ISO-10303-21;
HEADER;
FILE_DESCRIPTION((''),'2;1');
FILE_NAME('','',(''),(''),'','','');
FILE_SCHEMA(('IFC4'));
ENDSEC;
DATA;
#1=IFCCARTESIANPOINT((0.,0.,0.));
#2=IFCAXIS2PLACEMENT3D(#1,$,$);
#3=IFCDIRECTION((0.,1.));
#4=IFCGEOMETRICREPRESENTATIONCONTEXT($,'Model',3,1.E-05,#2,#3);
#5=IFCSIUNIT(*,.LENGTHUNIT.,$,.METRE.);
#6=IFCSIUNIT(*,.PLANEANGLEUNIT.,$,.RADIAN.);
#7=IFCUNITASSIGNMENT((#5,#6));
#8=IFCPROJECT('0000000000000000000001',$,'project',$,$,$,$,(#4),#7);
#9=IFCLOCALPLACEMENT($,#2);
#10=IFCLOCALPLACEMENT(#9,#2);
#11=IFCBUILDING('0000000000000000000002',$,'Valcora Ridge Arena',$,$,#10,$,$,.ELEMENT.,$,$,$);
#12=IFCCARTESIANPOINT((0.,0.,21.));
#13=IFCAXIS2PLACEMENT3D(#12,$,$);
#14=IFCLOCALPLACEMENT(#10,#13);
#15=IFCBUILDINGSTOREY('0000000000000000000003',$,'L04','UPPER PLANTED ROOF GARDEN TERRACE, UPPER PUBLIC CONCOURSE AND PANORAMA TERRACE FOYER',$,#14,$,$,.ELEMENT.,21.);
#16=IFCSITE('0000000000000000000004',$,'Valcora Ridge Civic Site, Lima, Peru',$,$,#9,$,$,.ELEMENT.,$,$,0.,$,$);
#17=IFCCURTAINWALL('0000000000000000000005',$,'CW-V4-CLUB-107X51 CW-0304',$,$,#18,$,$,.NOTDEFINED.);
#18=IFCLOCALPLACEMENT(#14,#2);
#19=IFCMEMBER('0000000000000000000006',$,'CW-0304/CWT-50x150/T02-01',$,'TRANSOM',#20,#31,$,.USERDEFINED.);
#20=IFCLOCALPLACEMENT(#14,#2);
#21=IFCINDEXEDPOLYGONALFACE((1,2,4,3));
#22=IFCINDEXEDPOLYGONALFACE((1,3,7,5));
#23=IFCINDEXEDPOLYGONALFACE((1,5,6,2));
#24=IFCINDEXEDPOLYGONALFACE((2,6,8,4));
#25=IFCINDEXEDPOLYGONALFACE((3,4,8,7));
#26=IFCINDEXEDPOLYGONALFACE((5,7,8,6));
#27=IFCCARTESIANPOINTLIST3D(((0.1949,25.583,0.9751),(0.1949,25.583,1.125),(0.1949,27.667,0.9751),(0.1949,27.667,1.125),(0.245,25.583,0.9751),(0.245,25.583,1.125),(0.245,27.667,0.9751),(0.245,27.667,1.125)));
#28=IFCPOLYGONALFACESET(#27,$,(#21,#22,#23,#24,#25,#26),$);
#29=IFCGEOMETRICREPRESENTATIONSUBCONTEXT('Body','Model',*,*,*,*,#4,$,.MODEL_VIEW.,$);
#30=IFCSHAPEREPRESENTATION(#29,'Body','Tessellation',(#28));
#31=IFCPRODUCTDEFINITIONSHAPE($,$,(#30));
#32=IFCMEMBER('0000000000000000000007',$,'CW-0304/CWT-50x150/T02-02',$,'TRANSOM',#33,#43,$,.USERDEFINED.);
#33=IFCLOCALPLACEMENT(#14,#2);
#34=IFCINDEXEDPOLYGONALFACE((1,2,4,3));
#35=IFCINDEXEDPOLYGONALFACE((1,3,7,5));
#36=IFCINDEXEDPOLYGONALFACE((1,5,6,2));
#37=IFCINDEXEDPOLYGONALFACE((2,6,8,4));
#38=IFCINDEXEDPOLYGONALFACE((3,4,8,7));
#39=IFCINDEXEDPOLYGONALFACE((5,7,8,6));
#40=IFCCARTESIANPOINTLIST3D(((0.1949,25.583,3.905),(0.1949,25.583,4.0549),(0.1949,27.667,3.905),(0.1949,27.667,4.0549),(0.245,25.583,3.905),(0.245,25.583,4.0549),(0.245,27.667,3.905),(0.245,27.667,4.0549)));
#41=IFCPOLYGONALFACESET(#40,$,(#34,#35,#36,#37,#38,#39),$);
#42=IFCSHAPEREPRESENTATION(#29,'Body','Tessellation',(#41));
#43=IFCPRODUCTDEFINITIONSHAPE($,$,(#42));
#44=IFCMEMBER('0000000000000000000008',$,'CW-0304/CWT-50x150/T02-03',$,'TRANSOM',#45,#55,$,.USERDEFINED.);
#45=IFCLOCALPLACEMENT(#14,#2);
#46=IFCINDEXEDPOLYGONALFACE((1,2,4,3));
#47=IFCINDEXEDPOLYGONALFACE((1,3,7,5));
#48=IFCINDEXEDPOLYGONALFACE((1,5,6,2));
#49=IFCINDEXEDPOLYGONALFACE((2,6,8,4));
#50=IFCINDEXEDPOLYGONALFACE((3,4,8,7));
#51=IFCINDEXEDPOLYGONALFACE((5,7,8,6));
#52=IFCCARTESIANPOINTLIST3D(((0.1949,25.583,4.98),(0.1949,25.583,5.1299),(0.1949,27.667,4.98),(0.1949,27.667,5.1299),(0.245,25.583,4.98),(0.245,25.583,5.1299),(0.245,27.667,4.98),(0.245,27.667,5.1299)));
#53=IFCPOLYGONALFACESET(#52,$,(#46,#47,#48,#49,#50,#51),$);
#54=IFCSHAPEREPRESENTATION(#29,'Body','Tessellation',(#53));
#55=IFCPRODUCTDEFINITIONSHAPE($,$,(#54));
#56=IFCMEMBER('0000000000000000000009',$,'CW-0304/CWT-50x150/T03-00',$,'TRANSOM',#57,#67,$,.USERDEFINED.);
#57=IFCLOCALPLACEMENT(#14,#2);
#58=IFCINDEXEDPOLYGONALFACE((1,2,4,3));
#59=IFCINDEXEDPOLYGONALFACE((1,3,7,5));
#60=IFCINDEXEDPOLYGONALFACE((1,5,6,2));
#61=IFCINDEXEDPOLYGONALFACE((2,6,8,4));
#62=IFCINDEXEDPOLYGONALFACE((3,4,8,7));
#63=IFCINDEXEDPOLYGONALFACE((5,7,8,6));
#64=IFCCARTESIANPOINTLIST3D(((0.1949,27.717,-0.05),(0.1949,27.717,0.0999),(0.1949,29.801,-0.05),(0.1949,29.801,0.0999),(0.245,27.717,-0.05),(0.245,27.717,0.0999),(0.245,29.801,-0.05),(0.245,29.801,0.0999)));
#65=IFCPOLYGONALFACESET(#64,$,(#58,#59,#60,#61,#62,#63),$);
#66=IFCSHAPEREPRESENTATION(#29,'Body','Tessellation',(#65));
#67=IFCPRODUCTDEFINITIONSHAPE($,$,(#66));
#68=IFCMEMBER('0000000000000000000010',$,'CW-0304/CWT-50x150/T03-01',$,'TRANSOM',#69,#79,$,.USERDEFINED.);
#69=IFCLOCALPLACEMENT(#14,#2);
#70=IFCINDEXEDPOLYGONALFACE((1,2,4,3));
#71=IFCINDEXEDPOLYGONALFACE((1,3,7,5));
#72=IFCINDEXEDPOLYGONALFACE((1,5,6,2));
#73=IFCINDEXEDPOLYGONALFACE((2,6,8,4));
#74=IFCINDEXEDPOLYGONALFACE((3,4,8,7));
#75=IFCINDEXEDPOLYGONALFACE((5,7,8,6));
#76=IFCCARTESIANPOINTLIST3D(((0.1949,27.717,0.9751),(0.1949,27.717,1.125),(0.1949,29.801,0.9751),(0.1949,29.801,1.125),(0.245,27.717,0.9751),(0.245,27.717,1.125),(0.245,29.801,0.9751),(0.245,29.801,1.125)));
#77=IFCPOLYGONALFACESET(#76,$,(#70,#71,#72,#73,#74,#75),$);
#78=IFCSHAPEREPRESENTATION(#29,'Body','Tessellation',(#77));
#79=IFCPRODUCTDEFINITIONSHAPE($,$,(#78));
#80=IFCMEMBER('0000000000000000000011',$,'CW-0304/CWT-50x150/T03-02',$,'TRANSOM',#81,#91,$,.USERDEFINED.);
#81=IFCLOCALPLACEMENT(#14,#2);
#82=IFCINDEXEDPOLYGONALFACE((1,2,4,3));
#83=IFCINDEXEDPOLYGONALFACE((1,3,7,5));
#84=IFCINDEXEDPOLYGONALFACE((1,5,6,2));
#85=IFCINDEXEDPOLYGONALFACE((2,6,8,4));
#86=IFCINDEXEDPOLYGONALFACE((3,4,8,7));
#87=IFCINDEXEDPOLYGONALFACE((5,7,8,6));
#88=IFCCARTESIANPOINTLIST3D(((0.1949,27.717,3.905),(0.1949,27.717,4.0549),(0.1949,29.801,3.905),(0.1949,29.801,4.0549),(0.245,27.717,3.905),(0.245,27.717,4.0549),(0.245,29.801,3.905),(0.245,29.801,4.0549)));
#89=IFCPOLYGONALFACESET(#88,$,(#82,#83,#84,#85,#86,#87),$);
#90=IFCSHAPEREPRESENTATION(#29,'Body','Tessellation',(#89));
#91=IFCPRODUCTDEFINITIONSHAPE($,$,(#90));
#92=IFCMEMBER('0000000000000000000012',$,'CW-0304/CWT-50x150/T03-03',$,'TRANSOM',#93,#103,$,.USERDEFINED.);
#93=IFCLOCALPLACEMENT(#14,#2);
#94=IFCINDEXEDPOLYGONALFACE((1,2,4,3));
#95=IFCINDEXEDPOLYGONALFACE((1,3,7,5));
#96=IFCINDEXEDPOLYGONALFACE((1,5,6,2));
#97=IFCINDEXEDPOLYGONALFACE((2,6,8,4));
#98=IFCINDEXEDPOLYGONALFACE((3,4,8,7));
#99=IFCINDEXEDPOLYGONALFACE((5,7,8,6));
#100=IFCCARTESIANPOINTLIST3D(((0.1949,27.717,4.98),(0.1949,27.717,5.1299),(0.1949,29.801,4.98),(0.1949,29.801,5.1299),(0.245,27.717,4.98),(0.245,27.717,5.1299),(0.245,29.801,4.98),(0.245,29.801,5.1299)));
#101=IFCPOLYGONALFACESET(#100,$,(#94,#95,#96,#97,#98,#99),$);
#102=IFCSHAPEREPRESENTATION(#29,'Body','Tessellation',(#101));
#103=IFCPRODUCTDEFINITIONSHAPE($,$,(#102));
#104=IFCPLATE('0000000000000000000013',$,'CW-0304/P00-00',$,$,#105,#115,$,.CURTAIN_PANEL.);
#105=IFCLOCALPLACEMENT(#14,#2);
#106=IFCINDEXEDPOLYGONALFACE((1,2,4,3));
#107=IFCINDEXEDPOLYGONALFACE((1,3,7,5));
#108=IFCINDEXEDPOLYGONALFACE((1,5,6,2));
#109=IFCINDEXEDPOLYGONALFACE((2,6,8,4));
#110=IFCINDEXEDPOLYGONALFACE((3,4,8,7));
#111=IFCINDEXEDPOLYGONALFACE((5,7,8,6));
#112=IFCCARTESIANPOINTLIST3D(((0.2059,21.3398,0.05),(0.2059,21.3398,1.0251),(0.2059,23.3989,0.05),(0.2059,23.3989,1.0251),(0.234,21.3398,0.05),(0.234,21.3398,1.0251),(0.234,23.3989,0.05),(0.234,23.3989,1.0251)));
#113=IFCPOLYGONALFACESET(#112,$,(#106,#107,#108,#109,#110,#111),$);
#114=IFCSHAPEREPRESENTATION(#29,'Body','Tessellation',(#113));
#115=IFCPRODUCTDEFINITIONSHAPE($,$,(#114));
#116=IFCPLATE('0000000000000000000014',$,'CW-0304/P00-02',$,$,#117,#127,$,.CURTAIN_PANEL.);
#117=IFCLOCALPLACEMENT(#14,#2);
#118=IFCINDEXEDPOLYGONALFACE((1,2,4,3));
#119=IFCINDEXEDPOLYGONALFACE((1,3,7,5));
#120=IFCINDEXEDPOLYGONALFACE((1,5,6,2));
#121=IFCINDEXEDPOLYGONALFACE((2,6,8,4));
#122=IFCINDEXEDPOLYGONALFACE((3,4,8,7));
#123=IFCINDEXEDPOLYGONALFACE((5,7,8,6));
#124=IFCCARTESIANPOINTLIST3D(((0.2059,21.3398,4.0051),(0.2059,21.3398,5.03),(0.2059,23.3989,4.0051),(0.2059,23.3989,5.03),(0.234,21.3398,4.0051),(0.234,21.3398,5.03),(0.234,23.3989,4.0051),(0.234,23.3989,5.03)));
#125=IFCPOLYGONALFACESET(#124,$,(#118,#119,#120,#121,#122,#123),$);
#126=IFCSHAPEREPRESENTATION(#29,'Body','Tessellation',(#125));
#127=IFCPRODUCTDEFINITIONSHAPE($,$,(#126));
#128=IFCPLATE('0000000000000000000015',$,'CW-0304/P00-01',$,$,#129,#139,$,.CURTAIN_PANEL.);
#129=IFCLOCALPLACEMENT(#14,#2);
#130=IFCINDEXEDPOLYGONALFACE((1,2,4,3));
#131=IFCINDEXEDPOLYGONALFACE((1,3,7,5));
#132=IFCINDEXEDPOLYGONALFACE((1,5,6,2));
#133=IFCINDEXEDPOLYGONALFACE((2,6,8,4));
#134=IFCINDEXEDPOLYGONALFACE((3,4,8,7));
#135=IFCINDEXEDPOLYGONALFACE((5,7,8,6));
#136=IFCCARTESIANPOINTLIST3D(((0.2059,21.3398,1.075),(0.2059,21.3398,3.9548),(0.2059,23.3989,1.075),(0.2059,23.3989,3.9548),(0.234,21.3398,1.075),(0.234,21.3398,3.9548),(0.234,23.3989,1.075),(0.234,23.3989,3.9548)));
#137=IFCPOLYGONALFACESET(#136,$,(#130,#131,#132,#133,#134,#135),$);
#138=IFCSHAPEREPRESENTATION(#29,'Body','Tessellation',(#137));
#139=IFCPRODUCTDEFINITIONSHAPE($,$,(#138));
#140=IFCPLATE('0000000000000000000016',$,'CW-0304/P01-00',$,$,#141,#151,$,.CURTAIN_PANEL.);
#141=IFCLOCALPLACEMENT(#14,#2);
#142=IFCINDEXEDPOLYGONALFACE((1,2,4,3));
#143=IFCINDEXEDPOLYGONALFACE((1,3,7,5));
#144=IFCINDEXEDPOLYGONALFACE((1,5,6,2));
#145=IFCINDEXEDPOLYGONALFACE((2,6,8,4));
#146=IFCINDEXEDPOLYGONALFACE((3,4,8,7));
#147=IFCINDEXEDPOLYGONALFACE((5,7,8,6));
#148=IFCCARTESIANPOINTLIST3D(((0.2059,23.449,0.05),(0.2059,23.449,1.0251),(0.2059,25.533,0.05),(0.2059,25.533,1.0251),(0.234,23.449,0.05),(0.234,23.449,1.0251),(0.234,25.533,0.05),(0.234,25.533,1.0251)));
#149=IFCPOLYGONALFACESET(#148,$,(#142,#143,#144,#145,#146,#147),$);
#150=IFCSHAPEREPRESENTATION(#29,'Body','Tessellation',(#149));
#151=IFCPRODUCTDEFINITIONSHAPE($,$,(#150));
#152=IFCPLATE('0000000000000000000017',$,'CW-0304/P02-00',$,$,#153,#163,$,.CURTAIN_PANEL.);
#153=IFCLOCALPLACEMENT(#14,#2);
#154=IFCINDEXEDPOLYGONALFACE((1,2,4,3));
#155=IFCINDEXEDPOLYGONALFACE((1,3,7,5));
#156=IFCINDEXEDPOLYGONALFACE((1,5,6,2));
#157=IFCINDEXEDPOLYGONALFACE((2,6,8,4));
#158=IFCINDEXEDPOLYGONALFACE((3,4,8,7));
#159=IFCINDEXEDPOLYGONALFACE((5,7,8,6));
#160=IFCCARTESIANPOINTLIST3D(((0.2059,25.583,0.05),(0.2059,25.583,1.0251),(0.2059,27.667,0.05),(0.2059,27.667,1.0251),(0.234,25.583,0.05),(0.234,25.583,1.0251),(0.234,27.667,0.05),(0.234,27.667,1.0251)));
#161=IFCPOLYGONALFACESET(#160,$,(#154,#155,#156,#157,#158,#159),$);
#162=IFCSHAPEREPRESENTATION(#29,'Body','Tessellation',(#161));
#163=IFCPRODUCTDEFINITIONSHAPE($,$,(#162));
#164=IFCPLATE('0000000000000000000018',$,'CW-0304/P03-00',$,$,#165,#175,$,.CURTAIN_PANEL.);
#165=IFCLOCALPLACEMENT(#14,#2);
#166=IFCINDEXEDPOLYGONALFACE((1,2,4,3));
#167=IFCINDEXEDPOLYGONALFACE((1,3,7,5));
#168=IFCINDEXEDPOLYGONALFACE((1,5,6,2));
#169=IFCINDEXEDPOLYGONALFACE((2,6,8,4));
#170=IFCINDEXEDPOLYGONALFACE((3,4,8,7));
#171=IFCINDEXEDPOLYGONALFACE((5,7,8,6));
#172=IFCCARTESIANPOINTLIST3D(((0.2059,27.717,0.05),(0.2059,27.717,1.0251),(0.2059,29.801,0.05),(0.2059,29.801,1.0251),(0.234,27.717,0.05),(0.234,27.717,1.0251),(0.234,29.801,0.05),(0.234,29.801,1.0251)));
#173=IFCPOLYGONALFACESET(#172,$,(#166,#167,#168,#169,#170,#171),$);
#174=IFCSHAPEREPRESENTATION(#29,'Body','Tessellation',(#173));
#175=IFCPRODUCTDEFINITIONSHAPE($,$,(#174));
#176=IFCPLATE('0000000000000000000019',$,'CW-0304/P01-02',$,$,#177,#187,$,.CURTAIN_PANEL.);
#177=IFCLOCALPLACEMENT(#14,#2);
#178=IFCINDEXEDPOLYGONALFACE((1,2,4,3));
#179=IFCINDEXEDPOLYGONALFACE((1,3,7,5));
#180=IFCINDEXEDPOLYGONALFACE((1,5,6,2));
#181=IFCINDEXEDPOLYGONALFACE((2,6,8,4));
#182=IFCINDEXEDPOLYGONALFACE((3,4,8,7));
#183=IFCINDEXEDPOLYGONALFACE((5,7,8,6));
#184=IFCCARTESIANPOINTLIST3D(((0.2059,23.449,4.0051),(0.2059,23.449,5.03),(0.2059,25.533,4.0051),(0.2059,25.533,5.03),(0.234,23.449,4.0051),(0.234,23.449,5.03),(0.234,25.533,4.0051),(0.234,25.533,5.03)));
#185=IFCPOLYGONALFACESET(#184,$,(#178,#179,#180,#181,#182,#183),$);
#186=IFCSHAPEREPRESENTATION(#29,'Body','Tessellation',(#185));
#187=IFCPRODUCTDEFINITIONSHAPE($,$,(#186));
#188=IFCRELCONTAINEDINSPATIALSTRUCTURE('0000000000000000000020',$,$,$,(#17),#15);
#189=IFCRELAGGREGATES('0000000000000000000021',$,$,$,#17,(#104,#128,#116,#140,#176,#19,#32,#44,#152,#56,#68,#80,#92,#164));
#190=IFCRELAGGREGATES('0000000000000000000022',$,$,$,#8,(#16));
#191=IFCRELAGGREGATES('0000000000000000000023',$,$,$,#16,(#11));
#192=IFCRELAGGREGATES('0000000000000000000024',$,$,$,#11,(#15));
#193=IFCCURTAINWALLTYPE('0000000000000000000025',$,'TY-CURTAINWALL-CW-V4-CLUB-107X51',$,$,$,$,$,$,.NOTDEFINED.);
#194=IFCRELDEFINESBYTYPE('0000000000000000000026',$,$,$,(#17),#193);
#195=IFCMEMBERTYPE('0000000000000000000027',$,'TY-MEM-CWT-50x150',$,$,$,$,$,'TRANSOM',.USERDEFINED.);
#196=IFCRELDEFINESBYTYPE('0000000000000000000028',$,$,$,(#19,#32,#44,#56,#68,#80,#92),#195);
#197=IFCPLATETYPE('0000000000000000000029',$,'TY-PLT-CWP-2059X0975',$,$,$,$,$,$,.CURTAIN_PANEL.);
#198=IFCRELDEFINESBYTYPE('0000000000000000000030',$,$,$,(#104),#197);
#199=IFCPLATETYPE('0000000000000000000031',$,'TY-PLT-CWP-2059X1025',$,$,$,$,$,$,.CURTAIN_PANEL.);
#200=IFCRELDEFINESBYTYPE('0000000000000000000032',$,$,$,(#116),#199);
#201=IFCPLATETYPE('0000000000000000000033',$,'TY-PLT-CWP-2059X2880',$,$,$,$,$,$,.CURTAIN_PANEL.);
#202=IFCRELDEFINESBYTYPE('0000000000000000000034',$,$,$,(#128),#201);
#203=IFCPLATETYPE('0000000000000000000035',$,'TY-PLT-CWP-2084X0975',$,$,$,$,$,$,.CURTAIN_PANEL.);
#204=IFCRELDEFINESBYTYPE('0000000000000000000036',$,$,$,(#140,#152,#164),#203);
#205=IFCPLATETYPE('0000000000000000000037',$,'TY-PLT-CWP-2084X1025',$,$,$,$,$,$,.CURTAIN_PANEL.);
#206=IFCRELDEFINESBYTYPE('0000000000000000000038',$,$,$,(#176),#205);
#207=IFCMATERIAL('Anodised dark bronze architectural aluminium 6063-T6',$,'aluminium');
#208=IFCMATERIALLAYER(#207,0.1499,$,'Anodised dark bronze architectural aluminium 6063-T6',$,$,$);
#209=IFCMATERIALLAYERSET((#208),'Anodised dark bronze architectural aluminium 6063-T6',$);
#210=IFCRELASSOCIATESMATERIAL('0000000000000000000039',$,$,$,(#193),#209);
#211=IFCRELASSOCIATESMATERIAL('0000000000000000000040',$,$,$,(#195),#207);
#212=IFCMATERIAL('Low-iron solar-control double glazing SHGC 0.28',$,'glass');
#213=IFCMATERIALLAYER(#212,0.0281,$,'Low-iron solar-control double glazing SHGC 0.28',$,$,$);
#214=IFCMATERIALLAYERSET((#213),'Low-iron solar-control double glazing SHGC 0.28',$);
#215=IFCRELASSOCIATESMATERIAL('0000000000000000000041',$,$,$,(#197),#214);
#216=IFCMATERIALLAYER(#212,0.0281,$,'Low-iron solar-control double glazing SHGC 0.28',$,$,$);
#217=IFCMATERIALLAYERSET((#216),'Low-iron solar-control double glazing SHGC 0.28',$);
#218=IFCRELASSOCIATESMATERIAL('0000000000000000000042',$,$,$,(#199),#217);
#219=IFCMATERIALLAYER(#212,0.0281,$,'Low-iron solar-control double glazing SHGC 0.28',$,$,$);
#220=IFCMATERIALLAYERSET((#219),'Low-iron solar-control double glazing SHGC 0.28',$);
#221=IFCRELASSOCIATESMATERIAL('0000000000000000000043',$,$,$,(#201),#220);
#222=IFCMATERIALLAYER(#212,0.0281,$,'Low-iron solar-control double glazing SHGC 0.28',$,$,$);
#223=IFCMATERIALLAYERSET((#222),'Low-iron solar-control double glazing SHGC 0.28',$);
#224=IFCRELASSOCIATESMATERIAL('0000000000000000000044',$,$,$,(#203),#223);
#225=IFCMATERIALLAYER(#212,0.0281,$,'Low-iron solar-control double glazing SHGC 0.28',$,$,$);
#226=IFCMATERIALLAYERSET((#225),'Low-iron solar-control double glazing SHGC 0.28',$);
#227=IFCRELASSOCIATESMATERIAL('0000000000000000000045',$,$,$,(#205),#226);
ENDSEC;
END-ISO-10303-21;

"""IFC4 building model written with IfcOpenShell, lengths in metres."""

from ifc_helpers import new_model, si_unit, direction, frame, origin, origin_2d, place, context, subcontext, project, spatial, rectangle, extrude, material, layer, layer_set, material_profile, profile_set, type_object, element, aggregate, save


model = new_model("IFC4")

# Units and contexts
model_context = context("Model", 3, precision=1e-05, world=origin(), true_north=direction((0.0, 1.0)))
body_context = subcontext(model_context, "Body", "Model", "MODEL_VIEW")
ifc_project = project(units=[si_unit("LENGTHUNIT", "METRE"), si_unit("PLANEANGLEUNIT", "RADIAN")], contexts=[model_context])

# Site, building, storey
site_placement = place(None, origin())
site = spatial("IfcSite", under=ifc_project, at=site_placement, Name="Valcora Ridge Civic Site, Lima, Peru", CompositionType="ELEMENT", RefElevation=0.0)
building_placement = place(site_placement, origin())
building = spatial("IfcBuilding", under=site, at=building_placement, Name="Valcora Ridge Arena", CompositionType="ELEMENT")
storey_placement = place(building_placement, frame((0.0, 0.0, 21.0)))
storey = spatial("IfcBuildingStorey", under=building, at=storey_placement, Name="L04", Description="UPPER PLANTED ROOF GARDEN TERRACE, UPPER PUBLIC CONCOURSE AND PANORAMA TERRACE FOYER", CompositionType="ELEMENT", Elevation=21.0)

# Curtain wall, members, plates
ifc_material_1 = material(Name="Anodised dark bronze architectural aluminium 6063-T6", Category="aluminium")
ifc_layer_1 = layer(ifc_material_1, 0.1499, Name="Anodised dark bronze architectural aluminium 6063-T6")
ifc_layer_set_1 = layer_set([ifc_layer_1], Name="Anodised dark bronze architectural aluminium 6063-T6")
curtain_wall_type = type_object("IfcCurtainWallType", Name="TY-CURTAINWALL-CW-V4-CLUB-107X51", PredefinedType="NOTDEFINED", material=ifc_layer_set_1)
curtain_wall_placement = place(storey_placement, origin())
curtain_wall = element("IfcCurtainWall", 1, at=curtain_wall_placement, inside=storey, type_object=curtain_wall_type, Name="CW-V4-CLUB-107X51 CW-0304", PredefinedType="NOTDEFINED")
ifc_material_profile_1 = material_profile(ifc_material_1, rectangle(XDim=0.05, YDim=0.1499, at=origin_2d()), Name="ALU TRANSOM 50x150")
ifc_profile_set_1 = profile_set([ifc_material_profile_1], Name="Anodised dark bronze architectural aluminium 6063-T6")
member_type_1 = type_object("IfcMemberType", Name="TY-MEM-CWT-50x150", ElementType="TRANSOM", PredefinedType="USERDEFINED", material=ifc_profile_set_1)
member_1_placement = place(storey_placement, frame((0.22, 25.583, 1.05), z_axis=(0.0, 1.0, 0.0), x_axis=(-1.0, 0.0, 0.0)))
member_1 = element("IfcMember", 2, at=member_1_placement, type_object=member_type_1, Name="CW-0304/CWT-50x150/T02-01", ObjectType="TRANSOM", PredefinedType="USERDEFINED", context=body_context, shape_type="SweptSolid", body=[
    extrude(rectangle(XDim=0.05, YDim=0.1499, at=origin_2d()), origin(), (0.0, 0.0, 1.0), 2.084),
])
member_2_placement = place(storey_placement, frame((0.22, 25.583, 3.98), z_axis=(0.0, 1.0, 0.0), x_axis=(-1.0, 0.0, 0.0)))
member_2 = element("IfcMember", 3, at=member_2_placement, type_object=member_type_1, Name="CW-0304/CWT-50x150/T02-02", ObjectType="TRANSOM", PredefinedType="USERDEFINED", context=body_context, shape_type="SweptSolid", body=[
    extrude(rectangle(XDim=0.05, YDim=0.1499, at=origin_2d()), origin(), (0.0, 0.0, 1.0), 2.084),
])
member_3_placement = place(storey_placement, frame((0.22, 25.583, 5.0549), z_axis=(0.0, 1.0, 0.0), x_axis=(-1.0, 0.0, 0.0)))
member_3 = element("IfcMember", 4, at=member_3_placement, type_object=member_type_1, Name="CW-0304/CWT-50x150/T02-03", ObjectType="TRANSOM", PredefinedType="USERDEFINED", context=body_context, shape_type="SweptSolid", body=[
    extrude(rectangle(XDim=0.05, YDim=0.1499, at=origin_2d()), origin(), (0.0, 0.0, 1.0), 2.084),
])
member_4_placement = place(storey_placement, frame((0.22, 27.717, 0.0249), z_axis=(0.0, 1.0, 0.0), x_axis=(-1.0, 0.0, 0.0)))
member_4 = element("IfcMember", 5, at=member_4_placement, type_object=member_type_1, Name="CW-0304/CWT-50x150/T03-00", ObjectType="TRANSOM", PredefinedType="USERDEFINED", context=body_context, shape_type="SweptSolid", body=[
    extrude(rectangle(XDim=0.05, YDim=0.1499, at=origin_2d()), origin(), (0.0, 0.0, 1.0), 2.084),
])
member_5_placement = place(storey_placement, frame((0.22, 27.717, 1.05), z_axis=(0.0, 1.0, 0.0), x_axis=(-1.0, 0.0, 0.0)))
member_5 = element("IfcMember", 6, at=member_5_placement, type_object=member_type_1, Name="CW-0304/CWT-50x150/T03-01", ObjectType="TRANSOM", PredefinedType="USERDEFINED", context=body_context, shape_type="SweptSolid", body=[
    extrude(rectangle(XDim=0.05, YDim=0.1499, at=origin_2d()), origin(), (0.0, 0.0, 1.0), 2.084),
])
member_6_placement = place(storey_placement, frame((0.22, 27.717, 3.98), z_axis=(0.0, 1.0, 0.0), x_axis=(-1.0, 0.0, 0.0)))
member_6 = element("IfcMember", 7, at=member_6_placement, type_object=member_type_1, Name="CW-0304/CWT-50x150/T03-02", ObjectType="TRANSOM", PredefinedType="USERDEFINED", context=body_context, shape_type="SweptSolid", body=[
    extrude(rectangle(XDim=0.05, YDim=0.1499, at=origin_2d()), origin(), (0.0, 0.0, 1.0), 2.084),
])
member_7_placement = place(storey_placement, frame((0.22, 27.717, 5.0549), z_axis=(0.0, 1.0, 0.0), x_axis=(-1.0, 0.0, 0.0)))
member_7 = element("IfcMember", 8, at=member_7_placement, type_object=member_type_1, Name="CW-0304/CWT-50x150/T03-03", ObjectType="TRANSOM", PredefinedType="USERDEFINED", context=body_context, shape_type="SweptSolid", body=[
    extrude(rectangle(XDim=0.05, YDim=0.1499, at=origin_2d()), origin(), (0.0, 0.0, 1.0), 2.084),
])
ifc_material_2 = material(Name="Low-iron solar-control double glazing SHGC 0.28", Category="glass")
ifc_layer_2 = layer(ifc_material_2, 0.0281, Name="Low-iron solar-control double glazing SHGC 0.28")
ifc_layer_set_2 = layer_set([ifc_layer_2], Name="Low-iron solar-control double glazing SHGC 0.28")
plate_type_1 = type_object("IfcPlateType", Name="TY-PLT-CWP-2059X0975", PredefinedType="CURTAIN_PANEL", material=ifc_layer_set_2)
plate_1_placement = place(storey_placement, frame((0.22, 22.3694, 0.05), z_axis=(0.0, 0.0, 1.0), x_axis=(0.0, 1.0, 0.0)))
plate_1 = element("IfcPlate", 9, at=plate_1_placement, type_object=plate_type_1, Name="CW-0304/P00-00", PredefinedType="CURTAIN_PANEL", context=body_context, shape_type="SweptSolid", body=[
    extrude(rectangle(XDim=2.0591, YDim=0.0281, at=origin_2d()), origin(), (0.0, 0.0, 1.0), 0.9751),
])
ifc_layer_3 = layer(ifc_material_2, 0.0281, Name="Low-iron solar-control double glazing SHGC 0.28")
ifc_layer_set_3 = layer_set([ifc_layer_3], Name="Low-iron solar-control double glazing SHGC 0.28")
plate_type_2 = type_object("IfcPlateType", Name="TY-PLT-CWP-2059X1025", PredefinedType="CURTAIN_PANEL", material=ifc_layer_set_3)
plate_2_placement = place(storey_placement, frame((0.22, 22.3694, 4.0051), z_axis=(0.0, 0.0, 1.0), x_axis=(0.0, 1.0, 0.0)))
plate_2 = element("IfcPlate", 10, at=plate_2_placement, type_object=plate_type_2, Name="CW-0304/P00-02", PredefinedType="CURTAIN_PANEL", context=body_context, shape_type="SweptSolid", body=[
    extrude(rectangle(XDim=2.0591, YDim=0.0281, at=origin_2d()), origin(), (0.0, 0.0, 1.0), 1.0249),
])
ifc_layer_4 = layer(ifc_material_2, 0.0281, Name="Low-iron solar-control double glazing SHGC 0.28")
ifc_layer_set_4 = layer_set([ifc_layer_4], Name="Low-iron solar-control double glazing SHGC 0.28")
plate_type_3 = type_object("IfcPlateType", Name="TY-PLT-CWP-2059X2880", PredefinedType="CURTAIN_PANEL", material=ifc_layer_set_4)
plate_3_placement = place(storey_placement, frame((0.22, 22.3694, 1.075), z_axis=(0.0, 0.0, 1.0), x_axis=(0.0, 1.0, 0.0)))
plate_3 = element("IfcPlate", 11, at=plate_3_placement, type_object=plate_type_3, Name="CW-0304/P00-01", PredefinedType="CURTAIN_PANEL", context=body_context, shape_type="SweptSolid", body=[
    extrude(rectangle(XDim=2.0591, YDim=0.0281, at=origin_2d()), origin(), (0.0, 0.0, 1.0), 2.8799),
])
ifc_layer_5 = layer(ifc_material_2, 0.0281, Name="Low-iron solar-control double glazing SHGC 0.28")
ifc_layer_set_5 = layer_set([ifc_layer_5], Name="Low-iron solar-control double glazing SHGC 0.28")
plate_type_4 = type_object("IfcPlateType", Name="TY-PLT-CWP-2084X0975", PredefinedType="CURTAIN_PANEL", material=ifc_layer_set_5)
plate_4_placement = place(storey_placement, frame((0.22, 24.491, 0.05), z_axis=(0.0, 0.0, 1.0), x_axis=(0.0, 1.0, 0.0)))
plate_4 = element("IfcPlate", 12, at=plate_4_placement, type_object=plate_type_4, Name="CW-0304/P01-00", PredefinedType="CURTAIN_PANEL", context=body_context, shape_type="SweptSolid", body=[
    extrude(rectangle(XDim=2.084, YDim=0.0281, at=origin_2d()), origin(), (0.0, 0.0, 1.0), 0.9751),
])
plate_5_placement = place(storey_placement, frame((0.22, 26.625, 0.05), z_axis=(0.0, 0.0, 1.0), x_axis=(0.0, 1.0, 0.0)))
plate_5 = element("IfcPlate", 13, at=plate_5_placement, type_object=plate_type_4, Name="CW-0304/P02-00", PredefinedType="CURTAIN_PANEL", context=body_context, shape_type="SweptSolid", body=[
    extrude(rectangle(XDim=2.084, YDim=0.0281, at=origin_2d()), origin(), (0.0, 0.0, 1.0), 0.9751),
])
plate_6_placement = place(storey_placement, frame((0.22, 28.759, 0.05), z_axis=(0.0, 0.0, 1.0), x_axis=(0.0, 1.0, 0.0)))
plate_6 = element("IfcPlate", 14, at=plate_6_placement, type_object=plate_type_4, Name="CW-0304/P03-00", PredefinedType="CURTAIN_PANEL", context=body_context, shape_type="SweptSolid", body=[
    extrude(rectangle(XDim=2.084, YDim=0.0281, at=origin_2d()), origin(), (0.0, 0.0, 1.0), 0.9751),
])
ifc_layer_6 = layer(ifc_material_2, 0.0281, Name="Low-iron solar-control double glazing SHGC 0.28")
ifc_layer_set_6 = layer_set([ifc_layer_6], Name="Low-iron solar-control double glazing SHGC 0.28")
plate_type_5 = type_object("IfcPlateType", Name="TY-PLT-CWP-2084X1025", PredefinedType="CURTAIN_PANEL", material=ifc_layer_set_6)
plate_7_placement = place(storey_placement, frame((0.22, 24.491, 4.0051), z_axis=(0.0, 0.0, 1.0), x_axis=(0.0, 1.0, 0.0)))
plate_7 = element("IfcPlate", 15, at=plate_7_placement, type_object=plate_type_5, Name="CW-0304/P01-02", PredefinedType="CURTAIN_PANEL", context=body_context, shape_type="SweptSolid", body=[
    extrude(rectangle(XDim=2.084, YDim=0.0281, at=origin_2d()), origin(), (0.0, 0.0, 1.0), 1.0249),
])
aggregate(curtain_wall, [plate_1, plate_3, plate_2, plate_4, plate_7, member_1, member_2, member_3, plate_5, member_4, member_5, member_6, member_7, plate_6])

save(model, "model.ifc")
